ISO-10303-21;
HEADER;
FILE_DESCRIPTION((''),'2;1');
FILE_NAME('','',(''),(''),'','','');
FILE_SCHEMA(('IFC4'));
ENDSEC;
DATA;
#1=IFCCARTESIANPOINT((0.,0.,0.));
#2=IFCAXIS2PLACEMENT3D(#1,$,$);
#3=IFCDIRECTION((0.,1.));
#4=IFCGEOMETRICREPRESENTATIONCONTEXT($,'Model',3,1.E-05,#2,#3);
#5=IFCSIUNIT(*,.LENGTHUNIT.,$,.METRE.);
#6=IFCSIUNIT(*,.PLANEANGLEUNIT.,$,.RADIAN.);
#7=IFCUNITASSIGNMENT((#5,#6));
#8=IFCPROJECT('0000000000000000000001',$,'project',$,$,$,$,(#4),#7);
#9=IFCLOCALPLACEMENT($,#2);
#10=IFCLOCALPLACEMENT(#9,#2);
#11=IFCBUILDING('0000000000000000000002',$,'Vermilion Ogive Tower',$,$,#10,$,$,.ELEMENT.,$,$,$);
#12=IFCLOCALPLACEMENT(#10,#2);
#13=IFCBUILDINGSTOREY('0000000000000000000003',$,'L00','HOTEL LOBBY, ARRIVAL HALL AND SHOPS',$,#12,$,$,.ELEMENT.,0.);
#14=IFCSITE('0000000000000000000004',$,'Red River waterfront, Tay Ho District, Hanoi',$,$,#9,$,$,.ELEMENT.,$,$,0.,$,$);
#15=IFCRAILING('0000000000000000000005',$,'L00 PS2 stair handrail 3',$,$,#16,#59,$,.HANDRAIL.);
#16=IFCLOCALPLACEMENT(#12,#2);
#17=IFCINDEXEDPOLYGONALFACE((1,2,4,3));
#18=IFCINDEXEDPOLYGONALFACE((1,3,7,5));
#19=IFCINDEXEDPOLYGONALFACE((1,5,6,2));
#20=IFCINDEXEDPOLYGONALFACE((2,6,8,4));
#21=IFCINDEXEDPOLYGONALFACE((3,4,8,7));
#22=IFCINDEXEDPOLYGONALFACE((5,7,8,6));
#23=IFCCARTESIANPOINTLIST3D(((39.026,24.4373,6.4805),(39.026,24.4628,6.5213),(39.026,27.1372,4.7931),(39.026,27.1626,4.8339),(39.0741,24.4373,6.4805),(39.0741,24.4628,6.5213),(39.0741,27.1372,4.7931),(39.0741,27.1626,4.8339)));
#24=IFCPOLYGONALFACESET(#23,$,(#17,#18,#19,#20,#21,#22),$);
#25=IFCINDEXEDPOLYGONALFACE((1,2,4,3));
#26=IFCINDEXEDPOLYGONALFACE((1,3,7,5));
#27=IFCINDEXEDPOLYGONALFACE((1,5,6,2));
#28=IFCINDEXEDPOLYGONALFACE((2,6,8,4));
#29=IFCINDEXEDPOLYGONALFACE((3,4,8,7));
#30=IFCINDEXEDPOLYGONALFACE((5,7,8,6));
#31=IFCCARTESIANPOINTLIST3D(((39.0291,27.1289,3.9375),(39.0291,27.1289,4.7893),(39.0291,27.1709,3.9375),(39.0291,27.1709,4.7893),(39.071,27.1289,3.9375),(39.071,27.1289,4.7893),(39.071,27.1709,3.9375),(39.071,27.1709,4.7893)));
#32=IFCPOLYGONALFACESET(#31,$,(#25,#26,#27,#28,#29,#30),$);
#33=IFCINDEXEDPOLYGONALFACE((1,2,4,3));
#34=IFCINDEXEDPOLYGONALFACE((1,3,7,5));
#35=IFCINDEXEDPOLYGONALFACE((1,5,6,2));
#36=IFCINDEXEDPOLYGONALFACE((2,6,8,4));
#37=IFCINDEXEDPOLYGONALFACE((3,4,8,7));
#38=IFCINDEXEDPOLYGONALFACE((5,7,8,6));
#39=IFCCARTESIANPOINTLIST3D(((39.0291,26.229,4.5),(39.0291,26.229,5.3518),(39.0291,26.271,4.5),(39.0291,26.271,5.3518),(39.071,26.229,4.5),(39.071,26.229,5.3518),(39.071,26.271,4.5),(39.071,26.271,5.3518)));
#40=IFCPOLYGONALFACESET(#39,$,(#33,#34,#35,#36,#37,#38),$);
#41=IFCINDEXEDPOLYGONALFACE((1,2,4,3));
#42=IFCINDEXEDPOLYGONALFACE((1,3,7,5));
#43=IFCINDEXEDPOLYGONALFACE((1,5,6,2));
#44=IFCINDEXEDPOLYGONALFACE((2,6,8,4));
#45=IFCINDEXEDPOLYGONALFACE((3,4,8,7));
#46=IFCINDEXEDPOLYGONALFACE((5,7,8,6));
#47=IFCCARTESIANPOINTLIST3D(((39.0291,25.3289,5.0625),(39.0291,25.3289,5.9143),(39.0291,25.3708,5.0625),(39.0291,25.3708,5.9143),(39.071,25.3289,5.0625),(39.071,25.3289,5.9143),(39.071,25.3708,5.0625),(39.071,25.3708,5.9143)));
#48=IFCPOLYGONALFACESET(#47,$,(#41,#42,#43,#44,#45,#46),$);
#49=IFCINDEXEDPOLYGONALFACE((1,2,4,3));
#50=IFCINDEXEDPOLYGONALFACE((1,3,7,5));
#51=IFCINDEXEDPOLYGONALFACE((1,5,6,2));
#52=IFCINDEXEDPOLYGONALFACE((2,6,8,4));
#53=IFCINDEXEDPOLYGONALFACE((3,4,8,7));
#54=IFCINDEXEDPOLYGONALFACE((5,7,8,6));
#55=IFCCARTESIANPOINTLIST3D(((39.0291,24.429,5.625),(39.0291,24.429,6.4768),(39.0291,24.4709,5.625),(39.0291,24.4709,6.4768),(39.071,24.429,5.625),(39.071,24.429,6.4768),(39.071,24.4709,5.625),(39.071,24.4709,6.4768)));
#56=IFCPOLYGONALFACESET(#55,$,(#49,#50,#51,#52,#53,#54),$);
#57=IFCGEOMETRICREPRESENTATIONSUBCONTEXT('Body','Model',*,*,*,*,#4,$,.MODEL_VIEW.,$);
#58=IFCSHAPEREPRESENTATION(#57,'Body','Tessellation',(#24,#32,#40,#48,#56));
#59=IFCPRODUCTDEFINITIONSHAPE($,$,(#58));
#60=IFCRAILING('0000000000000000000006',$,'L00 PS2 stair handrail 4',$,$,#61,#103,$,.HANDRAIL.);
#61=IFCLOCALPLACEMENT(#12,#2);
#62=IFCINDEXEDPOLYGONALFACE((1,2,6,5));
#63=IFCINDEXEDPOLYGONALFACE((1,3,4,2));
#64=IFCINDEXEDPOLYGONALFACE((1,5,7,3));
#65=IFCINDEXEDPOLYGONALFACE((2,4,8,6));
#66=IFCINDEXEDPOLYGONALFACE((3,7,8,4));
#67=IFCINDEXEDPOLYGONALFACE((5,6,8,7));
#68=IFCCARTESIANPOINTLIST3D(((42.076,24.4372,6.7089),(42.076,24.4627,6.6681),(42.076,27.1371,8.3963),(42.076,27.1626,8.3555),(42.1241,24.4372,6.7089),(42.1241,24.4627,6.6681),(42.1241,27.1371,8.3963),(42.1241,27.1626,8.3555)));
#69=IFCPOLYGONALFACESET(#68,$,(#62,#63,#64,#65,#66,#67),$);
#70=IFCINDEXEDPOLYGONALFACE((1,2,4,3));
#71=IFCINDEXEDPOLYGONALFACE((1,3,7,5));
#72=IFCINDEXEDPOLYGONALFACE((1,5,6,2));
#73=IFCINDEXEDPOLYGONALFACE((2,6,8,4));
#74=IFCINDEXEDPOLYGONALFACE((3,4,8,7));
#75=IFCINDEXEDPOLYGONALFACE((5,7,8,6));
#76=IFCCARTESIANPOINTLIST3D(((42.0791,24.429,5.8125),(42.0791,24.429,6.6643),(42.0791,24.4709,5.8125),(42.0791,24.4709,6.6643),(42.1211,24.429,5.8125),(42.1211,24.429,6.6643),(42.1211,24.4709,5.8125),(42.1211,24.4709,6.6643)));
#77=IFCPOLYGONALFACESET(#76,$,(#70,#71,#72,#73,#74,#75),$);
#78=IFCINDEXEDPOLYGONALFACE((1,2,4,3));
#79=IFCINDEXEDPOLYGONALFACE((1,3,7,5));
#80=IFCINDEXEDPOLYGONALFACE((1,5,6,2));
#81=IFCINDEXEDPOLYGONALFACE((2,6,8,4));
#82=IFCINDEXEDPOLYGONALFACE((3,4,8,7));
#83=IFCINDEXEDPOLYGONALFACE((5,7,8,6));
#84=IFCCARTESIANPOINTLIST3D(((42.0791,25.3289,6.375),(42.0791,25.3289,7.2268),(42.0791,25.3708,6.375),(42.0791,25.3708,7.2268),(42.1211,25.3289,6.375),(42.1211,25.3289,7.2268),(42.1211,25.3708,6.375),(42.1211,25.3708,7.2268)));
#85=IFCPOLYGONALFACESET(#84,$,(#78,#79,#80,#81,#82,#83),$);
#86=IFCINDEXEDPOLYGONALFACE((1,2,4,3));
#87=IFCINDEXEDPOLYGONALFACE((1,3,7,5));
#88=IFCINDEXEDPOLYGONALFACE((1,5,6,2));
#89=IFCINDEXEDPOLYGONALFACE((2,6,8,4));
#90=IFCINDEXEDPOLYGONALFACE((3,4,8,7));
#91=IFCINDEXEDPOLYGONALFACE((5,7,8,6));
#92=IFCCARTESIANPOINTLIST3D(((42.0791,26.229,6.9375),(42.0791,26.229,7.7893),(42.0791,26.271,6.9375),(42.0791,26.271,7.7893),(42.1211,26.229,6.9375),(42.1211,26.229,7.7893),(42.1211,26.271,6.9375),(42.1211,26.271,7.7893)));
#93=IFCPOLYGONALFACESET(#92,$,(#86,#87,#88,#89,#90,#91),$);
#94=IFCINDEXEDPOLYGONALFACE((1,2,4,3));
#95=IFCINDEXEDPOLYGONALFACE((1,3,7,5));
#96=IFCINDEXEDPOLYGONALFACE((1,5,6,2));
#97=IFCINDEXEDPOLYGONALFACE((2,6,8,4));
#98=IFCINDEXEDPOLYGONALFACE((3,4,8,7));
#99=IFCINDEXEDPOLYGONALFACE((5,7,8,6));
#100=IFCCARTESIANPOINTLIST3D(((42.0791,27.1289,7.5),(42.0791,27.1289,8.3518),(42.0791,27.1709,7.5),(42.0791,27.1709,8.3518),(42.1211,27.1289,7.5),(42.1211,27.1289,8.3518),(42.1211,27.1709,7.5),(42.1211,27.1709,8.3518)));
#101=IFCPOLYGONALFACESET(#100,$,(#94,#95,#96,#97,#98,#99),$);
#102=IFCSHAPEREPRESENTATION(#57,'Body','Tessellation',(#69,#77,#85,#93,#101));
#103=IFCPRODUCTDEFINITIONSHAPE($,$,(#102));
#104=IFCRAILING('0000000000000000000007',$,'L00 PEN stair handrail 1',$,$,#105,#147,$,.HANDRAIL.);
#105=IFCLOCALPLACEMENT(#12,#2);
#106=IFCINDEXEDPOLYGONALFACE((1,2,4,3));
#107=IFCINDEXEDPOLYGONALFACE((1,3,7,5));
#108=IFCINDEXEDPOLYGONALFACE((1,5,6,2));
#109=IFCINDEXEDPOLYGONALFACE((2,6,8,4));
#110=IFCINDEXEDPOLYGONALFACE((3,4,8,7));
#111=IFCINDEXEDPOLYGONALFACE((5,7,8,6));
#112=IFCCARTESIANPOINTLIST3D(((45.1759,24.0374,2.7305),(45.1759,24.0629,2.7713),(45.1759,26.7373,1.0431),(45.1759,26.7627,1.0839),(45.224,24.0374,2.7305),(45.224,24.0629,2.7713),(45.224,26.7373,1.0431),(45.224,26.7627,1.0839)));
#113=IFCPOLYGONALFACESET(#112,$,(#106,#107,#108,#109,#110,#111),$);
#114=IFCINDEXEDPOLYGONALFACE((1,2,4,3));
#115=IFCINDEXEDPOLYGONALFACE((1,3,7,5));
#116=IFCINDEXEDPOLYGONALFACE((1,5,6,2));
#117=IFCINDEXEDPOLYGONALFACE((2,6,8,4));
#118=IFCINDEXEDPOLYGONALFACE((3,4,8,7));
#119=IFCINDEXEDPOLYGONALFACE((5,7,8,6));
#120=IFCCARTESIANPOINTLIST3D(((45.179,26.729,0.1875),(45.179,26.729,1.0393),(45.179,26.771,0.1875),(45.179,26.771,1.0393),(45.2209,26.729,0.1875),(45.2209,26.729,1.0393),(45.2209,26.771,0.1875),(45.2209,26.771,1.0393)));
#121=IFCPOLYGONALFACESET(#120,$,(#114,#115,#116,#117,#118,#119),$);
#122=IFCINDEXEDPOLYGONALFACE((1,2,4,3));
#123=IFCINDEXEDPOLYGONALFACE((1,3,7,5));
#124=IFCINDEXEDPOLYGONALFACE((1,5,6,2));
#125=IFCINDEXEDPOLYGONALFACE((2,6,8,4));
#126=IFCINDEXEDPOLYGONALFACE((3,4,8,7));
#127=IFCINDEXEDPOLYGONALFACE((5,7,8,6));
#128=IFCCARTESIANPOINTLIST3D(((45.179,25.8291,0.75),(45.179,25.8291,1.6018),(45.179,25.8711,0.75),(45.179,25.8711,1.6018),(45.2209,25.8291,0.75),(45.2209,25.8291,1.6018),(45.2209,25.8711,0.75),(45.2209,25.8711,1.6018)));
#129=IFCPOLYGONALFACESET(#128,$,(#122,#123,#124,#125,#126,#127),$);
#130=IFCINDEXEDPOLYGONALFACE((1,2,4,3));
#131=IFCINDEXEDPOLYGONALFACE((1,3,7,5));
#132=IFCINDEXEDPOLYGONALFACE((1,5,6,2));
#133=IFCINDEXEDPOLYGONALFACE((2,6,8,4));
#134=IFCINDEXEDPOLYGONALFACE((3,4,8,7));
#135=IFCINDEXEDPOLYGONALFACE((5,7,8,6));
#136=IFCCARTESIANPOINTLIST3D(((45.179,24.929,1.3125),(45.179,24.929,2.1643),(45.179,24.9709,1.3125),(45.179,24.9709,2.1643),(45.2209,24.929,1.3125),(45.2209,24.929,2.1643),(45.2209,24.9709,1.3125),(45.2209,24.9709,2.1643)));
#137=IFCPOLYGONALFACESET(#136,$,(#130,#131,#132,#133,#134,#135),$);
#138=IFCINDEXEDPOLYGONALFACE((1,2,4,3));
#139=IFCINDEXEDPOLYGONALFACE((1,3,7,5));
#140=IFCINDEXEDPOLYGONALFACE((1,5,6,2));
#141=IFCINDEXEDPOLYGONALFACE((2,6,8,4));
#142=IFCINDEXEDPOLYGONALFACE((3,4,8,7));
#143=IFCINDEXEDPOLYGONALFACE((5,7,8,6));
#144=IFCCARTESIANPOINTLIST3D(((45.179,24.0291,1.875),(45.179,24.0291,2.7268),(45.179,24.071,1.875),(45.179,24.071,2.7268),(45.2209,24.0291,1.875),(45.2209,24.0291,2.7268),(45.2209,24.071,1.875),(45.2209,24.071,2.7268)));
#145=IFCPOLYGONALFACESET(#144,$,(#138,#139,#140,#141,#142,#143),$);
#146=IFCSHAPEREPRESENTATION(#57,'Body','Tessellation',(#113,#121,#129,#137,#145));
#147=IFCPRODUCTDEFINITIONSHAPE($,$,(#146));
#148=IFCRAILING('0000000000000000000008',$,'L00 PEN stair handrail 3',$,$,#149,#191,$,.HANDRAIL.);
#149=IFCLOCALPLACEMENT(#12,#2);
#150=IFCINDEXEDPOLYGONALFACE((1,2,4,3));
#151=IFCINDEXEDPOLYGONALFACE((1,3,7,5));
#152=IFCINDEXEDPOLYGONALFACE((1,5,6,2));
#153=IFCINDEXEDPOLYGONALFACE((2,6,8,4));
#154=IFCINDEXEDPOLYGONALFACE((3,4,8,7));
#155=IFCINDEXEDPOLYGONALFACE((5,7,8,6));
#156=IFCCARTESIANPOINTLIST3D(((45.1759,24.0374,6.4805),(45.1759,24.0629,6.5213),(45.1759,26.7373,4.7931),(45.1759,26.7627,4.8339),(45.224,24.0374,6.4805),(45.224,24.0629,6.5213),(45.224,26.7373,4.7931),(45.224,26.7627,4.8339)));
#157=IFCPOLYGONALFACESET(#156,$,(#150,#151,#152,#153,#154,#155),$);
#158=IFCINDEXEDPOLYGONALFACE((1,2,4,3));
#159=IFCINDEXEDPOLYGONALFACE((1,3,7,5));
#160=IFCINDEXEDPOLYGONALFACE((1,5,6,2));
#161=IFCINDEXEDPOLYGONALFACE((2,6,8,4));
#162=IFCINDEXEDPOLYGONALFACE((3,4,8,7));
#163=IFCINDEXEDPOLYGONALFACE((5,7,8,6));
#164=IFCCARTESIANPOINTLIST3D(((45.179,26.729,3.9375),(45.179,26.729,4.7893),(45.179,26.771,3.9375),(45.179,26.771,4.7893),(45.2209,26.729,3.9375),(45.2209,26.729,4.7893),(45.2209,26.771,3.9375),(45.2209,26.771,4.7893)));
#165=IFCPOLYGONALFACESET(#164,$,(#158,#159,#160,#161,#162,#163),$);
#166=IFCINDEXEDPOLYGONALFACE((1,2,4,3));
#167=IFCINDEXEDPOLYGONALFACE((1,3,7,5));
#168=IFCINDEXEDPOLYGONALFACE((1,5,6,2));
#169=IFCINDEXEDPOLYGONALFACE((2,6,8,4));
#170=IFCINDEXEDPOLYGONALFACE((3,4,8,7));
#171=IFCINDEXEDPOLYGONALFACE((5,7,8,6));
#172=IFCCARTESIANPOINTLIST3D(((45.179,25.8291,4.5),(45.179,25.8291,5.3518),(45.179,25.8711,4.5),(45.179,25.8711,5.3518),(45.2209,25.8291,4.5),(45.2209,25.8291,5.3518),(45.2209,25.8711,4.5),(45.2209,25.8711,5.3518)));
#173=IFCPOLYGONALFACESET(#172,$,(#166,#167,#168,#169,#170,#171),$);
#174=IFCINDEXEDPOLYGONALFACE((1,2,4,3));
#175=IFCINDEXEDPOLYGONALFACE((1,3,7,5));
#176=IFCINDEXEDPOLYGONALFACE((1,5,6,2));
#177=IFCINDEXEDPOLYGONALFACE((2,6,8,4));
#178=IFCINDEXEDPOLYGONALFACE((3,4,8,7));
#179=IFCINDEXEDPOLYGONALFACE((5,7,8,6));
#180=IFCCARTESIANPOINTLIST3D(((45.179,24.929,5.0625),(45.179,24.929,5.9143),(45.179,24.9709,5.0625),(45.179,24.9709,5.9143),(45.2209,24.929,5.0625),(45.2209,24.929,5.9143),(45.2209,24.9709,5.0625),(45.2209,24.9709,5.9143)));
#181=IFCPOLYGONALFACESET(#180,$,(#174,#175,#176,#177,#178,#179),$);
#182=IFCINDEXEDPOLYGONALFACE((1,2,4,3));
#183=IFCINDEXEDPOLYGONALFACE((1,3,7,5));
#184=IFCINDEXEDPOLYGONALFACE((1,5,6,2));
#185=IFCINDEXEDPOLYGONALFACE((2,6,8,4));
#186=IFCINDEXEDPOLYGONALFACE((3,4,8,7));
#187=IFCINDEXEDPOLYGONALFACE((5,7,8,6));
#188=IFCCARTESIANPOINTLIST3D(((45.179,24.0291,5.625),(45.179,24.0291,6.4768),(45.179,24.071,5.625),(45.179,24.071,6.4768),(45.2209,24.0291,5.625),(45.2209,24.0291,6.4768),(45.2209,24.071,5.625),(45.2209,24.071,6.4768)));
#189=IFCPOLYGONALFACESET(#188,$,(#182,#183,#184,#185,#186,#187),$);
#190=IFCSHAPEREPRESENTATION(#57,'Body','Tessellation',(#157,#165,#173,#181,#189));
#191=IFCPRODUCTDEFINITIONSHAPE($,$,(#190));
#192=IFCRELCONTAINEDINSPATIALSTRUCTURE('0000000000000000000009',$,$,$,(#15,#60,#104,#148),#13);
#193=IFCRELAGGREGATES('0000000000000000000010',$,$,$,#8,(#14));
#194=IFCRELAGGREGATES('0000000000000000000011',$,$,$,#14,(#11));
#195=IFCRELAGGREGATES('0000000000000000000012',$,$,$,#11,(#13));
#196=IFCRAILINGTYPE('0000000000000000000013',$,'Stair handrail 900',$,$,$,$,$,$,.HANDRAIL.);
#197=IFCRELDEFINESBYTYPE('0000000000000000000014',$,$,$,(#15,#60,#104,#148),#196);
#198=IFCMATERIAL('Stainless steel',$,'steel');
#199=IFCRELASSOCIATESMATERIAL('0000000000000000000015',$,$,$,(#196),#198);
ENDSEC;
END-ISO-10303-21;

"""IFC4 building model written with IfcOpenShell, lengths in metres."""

from ifc_helpers import new_model, si_unit, direction, frame, origin, origin_2d, place, context, subcontext, project, spatial, rectangle, extrude, material, type_object, element, save


model = new_model("IFC4")

# Units and contexts
model_context = context("Model", 3, precision=1e-05, world=origin(), true_north=direction((0.0, 1.0)))
body_context = subcontext(model_context, "Body", "Model", "MODEL_VIEW")
ifc_project = project(units=[si_unit("LENGTHUNIT", "METRE"), si_unit("PLANEANGLEUNIT", "RADIAN")], contexts=[model_context])

# Site, building, storey
site_placement = place(None, origin())
site = spatial("IfcSite", under=ifc_project, at=site_placement, Name="Red River waterfront, Tay Ho District, Hanoi", CompositionType="ELEMENT", RefElevation=0.0)
building_placement = place(site_placement, origin())
building = spatial("IfcBuilding", under=site, at=building_placement, Name="Vermilion Ogive Tower", CompositionType="ELEMENT")
storey_placement = place(building_placement, origin())
storey = spatial("IfcBuildingStorey", under=building, at=storey_placement, Name="L00", Description="HOTEL LOBBY, ARRIVAL HALL AND SHOPS", CompositionType="ELEMENT", Elevation=0.0)

# Railings
ifc_material_1 = material(Name="Stainless steel", Category="steel")
railing_type_1 = type_object("IfcRailingType", Name="Stair handrail 900", PredefinedType="HANDRAIL", material=ifc_material_1)
railing_1_placement = place(storey_placement, frame((39.05, 27.1499, 3.9375)))
element("IfcRailing", 1, at=railing_1_placement, inside=storey, type_object=railing_type_1, Name="L00 PS2 stair handrail 3", PredefinedType="HANDRAIL", context=body_context, shape_type="SweptSolid", body=[
    extrude(rectangle(XDim=0.0481, YDim=0.0481, at=origin_2d()), frame((0.0, 0.0, 0.876), z_axis=(0.0, -0.847994, 0.530006), x_axis=(1.0, 0.0, 0.0)), (0.0, 0.0, 1.0), 3.1838),
    extrude(rectangle(XDim=0.042, YDim=0.042, at=origin_2d()), origin(), (0.0, 0.0, 1.0), 0.8518),
    extrude(rectangle(XDim=0.042, YDim=0.042, at=origin_2d()), frame((0.0, -0.8999, 0.5625)), (0.0, 0.0, 1.0), 0.8518),
    extrude(rectangle(XDim=0.042, YDim=0.042, at=origin_2d()), frame((0.0, -1.8, 1.125)), (0.0, 0.0, 1.0), 0.8518),
    extrude(rectangle(XDim=0.042, YDim=0.042, at=origin_2d()), frame((0.0, -2.7, 1.6875)), (0.0, 0.0, 1.0), 0.8518),
])
railing_2_placement = place(storey_placement, frame((42.1001, 24.45, 5.8125)))
element("IfcRailing", 2, at=railing_2_placement, inside=storey, type_object=railing_type_1, Name="L00 PS2 stair handrail 4", PredefinedType="HANDRAIL", context=body_context, shape_type="SweptSolid", body=[
    extrude(rectangle(XDim=0.0481, YDim=0.0481, at=origin_2d()), frame((0.0, 0.0, 0.876), z_axis=(0.0, 0.847994, 0.530006), x_axis=(-1.0, 0.0, 0.0)), (0.0, 0.0, 1.0), 3.1838),
    extrude(rectangle(XDim=0.042, YDim=0.042, at=origin_2d()), origin(), (0.0, 0.0, 1.0), 0.8518),
    extrude(rectangle(XDim=0.042, YDim=0.042, at=origin_2d()), frame((0.0, 0.8999, 0.5625)), (0.0, 0.0, 1.0), 0.8518),
    extrude(rectangle(XDim=0.042, YDim=0.042, at=origin_2d()), frame((0.0, 1.8, 1.125)), (0.0, 0.0, 1.0), 0.8518),
    extrude(rectangle(XDim=0.042, YDim=0.042, at=origin_2d()), frame((0.0, 2.7, 1.6875)), (0.0, 0.0, 1.0), 0.8518),
])
for number, where, name in (
    (3, (45.2, 26.75, 0.1875), "L00 PEN stair handrail 1"),
    (4, (45.2, 26.75, 3.9375), "L00 PEN stair handrail 3"),
):
    element("IfcRailing", number, at=place(storey_placement, frame(where)), inside=storey, type_object=railing_type_1, Name=name, PredefinedType="HANDRAIL", context=body_context, shape_type="SweptSolid", body=[
        extrude(rectangle(XDim=0.0481, YDim=0.0481, at=origin_2d()), frame((0.0, 0.0, 0.876), z_axis=(0.0, -0.847994, 0.530006), x_axis=(1.0, 0.0, 0.0)), (0.0, 0.0, 1.0), 3.1838),
        extrude(rectangle(XDim=0.042, YDim=0.042, at=origin_2d()), origin(), (0.0, 0.0, 1.0), 0.8518),
        extrude(rectangle(XDim=0.042, YDim=0.042, at=origin_2d()), frame((0.0, -0.8999, 0.5625)), (0.0, 0.0, 1.0), 0.8518),
        extrude(rectangle(XDim=0.042, YDim=0.042, at=origin_2d()), frame((0.0, -1.8, 1.125)), (0.0, 0.0, 1.0), 0.8518),
        extrude(rectangle(XDim=0.042, YDim=0.042, at=origin_2d()), frame((0.0, -2.7, 1.6875)), (0.0, 0.0, 1.0), 0.8518),
    ])

save(model, "model.ifc")
